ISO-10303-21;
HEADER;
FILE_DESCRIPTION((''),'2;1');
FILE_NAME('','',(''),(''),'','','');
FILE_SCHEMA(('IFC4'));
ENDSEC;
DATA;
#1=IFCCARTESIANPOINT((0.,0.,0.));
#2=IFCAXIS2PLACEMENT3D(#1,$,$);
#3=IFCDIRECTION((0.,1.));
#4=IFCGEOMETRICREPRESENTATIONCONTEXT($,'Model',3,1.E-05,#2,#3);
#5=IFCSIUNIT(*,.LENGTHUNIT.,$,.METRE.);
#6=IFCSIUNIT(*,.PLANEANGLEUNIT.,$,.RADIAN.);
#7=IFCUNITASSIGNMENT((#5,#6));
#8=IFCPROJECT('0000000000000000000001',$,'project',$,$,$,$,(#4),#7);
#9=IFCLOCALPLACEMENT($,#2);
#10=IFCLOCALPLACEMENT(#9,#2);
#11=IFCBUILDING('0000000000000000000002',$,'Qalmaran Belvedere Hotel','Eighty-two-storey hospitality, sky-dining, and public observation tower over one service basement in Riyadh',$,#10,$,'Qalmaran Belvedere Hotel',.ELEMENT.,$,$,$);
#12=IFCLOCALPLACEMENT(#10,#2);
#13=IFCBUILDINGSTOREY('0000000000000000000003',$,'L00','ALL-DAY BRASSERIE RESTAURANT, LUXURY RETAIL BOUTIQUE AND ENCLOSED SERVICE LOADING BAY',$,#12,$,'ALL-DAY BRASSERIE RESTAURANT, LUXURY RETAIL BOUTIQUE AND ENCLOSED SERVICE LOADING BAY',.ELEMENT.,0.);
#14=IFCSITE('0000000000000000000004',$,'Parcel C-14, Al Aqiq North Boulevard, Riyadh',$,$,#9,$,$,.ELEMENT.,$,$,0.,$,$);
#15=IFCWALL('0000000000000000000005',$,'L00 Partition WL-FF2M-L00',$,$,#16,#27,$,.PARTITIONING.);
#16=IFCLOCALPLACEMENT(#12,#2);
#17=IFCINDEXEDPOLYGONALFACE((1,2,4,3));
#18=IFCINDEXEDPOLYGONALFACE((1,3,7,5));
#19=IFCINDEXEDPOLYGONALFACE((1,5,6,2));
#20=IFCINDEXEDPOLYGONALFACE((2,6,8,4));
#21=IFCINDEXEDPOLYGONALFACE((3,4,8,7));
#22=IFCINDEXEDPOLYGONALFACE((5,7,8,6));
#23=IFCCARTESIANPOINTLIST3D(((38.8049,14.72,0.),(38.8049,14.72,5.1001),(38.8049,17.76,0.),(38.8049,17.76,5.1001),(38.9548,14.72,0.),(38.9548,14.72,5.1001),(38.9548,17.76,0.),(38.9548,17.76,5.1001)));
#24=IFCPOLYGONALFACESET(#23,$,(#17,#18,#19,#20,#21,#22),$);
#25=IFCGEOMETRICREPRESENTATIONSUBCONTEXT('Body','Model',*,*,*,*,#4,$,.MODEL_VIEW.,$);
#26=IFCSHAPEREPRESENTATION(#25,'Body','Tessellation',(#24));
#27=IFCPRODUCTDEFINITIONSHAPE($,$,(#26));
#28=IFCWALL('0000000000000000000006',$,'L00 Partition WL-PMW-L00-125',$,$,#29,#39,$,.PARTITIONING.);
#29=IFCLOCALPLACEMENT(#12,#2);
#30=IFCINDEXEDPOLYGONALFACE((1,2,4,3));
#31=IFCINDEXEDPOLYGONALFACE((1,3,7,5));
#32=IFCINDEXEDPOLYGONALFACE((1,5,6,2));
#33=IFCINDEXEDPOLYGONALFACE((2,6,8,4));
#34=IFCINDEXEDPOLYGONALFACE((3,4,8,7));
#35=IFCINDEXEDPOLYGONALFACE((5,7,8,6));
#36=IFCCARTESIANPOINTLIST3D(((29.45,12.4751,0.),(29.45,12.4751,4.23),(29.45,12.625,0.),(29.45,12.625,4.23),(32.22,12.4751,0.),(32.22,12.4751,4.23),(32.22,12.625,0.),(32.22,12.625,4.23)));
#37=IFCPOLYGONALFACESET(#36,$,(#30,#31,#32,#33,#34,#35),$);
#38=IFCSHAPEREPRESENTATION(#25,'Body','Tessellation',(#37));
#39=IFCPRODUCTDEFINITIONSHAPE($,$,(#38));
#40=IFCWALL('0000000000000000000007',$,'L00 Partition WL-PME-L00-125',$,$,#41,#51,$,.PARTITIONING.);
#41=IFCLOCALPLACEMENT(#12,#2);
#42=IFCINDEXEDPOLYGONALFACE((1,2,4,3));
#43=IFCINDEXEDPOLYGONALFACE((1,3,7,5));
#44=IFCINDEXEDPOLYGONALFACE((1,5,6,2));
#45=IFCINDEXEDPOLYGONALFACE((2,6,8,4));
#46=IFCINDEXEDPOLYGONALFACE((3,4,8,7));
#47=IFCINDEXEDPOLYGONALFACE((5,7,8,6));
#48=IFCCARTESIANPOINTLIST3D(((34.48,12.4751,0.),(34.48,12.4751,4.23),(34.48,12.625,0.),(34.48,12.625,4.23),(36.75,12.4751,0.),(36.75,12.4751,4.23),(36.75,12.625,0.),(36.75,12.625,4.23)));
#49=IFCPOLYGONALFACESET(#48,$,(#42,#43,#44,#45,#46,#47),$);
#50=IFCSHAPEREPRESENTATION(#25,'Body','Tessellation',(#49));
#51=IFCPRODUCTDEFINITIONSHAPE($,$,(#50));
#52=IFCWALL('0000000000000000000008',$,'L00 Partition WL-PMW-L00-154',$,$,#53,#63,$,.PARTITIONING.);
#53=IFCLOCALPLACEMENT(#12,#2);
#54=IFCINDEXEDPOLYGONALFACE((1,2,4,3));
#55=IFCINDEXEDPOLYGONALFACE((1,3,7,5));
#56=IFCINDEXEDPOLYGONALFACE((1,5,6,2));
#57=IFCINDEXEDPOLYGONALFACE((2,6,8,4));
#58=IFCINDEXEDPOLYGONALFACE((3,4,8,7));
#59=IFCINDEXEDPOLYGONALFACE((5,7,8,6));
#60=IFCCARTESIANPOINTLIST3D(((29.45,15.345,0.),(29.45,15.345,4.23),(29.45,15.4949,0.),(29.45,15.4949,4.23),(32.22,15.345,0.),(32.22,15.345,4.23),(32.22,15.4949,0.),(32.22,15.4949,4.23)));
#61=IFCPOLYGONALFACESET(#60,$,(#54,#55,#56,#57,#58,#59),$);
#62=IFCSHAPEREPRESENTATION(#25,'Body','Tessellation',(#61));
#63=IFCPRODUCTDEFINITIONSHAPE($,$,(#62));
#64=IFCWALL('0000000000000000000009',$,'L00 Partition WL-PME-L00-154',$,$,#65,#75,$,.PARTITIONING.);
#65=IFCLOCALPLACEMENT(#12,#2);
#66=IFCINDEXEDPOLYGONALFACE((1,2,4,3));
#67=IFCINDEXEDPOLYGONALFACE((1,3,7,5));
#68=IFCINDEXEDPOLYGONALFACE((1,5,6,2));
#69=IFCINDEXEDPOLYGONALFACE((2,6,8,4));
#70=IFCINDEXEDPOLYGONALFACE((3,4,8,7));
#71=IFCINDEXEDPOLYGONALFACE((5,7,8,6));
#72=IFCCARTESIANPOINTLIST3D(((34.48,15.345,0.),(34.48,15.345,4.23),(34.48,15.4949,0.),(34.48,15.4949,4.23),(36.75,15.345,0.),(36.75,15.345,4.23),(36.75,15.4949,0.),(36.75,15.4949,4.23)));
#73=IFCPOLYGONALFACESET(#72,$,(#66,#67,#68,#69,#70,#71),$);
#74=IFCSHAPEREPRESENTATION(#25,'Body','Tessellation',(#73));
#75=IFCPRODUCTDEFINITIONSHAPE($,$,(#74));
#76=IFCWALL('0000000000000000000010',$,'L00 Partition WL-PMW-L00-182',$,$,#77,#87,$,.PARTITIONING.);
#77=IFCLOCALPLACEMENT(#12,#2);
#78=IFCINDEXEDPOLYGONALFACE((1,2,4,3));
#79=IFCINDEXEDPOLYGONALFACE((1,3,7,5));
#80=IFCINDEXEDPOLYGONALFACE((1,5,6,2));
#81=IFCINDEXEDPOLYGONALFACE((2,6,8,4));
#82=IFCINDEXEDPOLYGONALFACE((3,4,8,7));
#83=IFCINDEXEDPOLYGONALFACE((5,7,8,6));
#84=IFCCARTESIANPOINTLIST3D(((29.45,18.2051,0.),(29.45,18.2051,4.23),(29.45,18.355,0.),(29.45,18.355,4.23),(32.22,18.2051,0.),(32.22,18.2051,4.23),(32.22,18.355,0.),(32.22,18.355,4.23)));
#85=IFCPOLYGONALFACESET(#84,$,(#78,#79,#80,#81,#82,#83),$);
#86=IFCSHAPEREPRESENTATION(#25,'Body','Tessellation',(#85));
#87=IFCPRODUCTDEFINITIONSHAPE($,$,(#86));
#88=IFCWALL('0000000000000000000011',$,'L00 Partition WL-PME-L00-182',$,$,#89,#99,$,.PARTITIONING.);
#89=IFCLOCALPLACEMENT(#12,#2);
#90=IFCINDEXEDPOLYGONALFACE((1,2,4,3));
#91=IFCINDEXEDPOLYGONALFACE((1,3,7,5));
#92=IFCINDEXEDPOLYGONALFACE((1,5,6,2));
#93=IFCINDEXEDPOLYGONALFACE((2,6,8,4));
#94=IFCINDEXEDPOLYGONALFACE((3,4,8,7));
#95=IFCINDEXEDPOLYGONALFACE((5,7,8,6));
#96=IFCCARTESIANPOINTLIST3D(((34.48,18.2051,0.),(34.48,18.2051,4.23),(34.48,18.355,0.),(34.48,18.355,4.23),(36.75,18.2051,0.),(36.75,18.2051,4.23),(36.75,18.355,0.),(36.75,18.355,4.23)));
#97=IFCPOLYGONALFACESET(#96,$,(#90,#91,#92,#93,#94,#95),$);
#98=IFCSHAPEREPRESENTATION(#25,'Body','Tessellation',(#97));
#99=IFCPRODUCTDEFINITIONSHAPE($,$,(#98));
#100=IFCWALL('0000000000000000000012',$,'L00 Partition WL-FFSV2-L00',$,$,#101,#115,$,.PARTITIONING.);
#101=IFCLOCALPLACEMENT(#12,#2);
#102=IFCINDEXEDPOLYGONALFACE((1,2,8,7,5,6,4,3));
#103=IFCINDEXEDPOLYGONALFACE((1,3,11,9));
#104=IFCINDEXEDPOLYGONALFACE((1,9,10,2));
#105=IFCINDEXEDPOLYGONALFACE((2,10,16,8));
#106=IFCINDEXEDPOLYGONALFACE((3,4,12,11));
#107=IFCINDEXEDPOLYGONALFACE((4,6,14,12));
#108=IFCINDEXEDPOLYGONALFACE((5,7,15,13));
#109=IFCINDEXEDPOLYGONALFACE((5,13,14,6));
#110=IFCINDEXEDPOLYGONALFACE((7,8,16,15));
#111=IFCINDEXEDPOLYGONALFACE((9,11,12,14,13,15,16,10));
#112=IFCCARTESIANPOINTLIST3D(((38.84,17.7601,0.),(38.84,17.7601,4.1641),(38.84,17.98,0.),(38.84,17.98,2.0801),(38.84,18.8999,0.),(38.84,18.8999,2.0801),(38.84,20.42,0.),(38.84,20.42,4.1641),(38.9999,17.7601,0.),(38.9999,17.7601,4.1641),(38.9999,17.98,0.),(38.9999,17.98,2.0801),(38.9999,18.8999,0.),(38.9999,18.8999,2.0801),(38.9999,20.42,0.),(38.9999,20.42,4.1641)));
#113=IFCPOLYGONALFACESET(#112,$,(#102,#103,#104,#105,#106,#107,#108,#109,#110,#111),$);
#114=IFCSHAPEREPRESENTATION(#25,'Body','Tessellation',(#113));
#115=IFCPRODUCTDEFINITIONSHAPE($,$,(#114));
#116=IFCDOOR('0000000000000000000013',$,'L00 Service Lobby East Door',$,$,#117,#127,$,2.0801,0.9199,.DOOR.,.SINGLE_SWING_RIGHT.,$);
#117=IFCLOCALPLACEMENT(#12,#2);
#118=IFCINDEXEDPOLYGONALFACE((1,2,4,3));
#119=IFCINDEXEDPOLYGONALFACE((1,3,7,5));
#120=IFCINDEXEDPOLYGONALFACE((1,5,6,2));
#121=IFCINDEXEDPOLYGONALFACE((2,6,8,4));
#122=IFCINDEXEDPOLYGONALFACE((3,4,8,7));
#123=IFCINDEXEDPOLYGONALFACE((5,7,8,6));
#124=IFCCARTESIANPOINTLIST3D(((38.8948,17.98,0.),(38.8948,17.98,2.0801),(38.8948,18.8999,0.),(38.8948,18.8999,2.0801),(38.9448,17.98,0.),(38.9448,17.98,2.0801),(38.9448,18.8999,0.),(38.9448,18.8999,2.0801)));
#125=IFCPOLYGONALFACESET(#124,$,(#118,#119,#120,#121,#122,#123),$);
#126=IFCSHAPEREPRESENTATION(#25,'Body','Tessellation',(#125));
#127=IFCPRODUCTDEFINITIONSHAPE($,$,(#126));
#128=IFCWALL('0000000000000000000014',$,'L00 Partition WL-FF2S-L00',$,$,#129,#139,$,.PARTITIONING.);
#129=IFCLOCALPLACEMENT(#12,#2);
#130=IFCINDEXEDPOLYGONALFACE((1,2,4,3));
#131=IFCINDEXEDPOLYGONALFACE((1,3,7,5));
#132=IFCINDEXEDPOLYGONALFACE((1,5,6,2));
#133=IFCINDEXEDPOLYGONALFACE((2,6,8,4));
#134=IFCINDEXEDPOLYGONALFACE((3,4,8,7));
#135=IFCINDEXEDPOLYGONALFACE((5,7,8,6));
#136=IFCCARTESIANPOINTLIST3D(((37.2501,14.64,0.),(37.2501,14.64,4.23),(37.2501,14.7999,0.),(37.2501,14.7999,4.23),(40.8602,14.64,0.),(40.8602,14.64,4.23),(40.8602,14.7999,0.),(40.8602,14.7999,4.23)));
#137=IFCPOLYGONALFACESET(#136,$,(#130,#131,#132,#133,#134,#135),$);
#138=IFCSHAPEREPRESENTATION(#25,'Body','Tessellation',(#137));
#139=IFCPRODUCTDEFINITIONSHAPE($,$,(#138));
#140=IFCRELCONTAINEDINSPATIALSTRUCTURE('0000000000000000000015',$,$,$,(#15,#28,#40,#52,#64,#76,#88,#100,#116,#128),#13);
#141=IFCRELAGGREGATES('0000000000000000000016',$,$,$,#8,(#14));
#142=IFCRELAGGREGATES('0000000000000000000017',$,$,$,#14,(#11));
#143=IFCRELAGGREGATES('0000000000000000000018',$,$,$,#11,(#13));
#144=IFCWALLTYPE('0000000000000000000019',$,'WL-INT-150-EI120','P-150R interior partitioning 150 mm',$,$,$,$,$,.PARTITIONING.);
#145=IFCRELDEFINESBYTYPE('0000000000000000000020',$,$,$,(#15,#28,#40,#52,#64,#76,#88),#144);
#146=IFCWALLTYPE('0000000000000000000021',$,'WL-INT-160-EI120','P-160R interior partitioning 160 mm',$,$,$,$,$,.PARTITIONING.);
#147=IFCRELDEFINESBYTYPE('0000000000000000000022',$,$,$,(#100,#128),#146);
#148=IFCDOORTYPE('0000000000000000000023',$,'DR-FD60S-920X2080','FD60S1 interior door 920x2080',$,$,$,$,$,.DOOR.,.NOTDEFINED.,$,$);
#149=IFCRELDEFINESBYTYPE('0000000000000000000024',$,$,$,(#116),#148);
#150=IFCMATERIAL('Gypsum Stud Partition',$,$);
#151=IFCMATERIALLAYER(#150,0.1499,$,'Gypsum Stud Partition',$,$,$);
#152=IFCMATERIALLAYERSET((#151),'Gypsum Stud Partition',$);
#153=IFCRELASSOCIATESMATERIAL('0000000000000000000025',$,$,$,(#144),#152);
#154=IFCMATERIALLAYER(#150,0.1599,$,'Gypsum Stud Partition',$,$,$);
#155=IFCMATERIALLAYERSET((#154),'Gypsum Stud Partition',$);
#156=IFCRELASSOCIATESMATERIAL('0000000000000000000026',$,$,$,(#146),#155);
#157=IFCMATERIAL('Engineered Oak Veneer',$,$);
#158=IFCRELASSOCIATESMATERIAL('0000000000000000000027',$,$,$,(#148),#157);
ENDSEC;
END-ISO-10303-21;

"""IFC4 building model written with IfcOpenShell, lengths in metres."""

from ifc_helpers import new_model, si_unit, direction, frame, frame_2d, origin, place, context, subcontext, project, spatial, rectangle, extrude, material, layer, layer_set, type_object, element, fill, save


model = new_model("IFC4")

# Units and contexts
model_context = context("Model", 3, precision=1e-05, world=origin(), true_north=direction((0.0, 1.0)))
body_context = subcontext(model_context, "Body", "Model", "MODEL_VIEW")
ifc_project = project(units=[si_unit("LENGTHUNIT", "METRE"), si_unit("PLANEANGLEUNIT", "RADIAN")], contexts=[model_context])

# Site, building, storey
site_placement = place(None, origin())
site = spatial("IfcSite", under=ifc_project, at=site_placement, Name="Parcel C-14, Al Aqiq North Boulevard, Riyadh", CompositionType="ELEMENT", RefElevation=0.0)
building_placement = place(site_placement, origin())
building = spatial("IfcBuilding", under=site, at=building_placement, Name="Qalmaran Belvedere Hotel", Description="Eighty-two-storey hospitality, sky-dining, and public observation tower over one service basement in Riyadh", LongName="Qalmaran Belvedere Hotel", CompositionType="ELEMENT")
storey_placement = place(building_placement, origin())
storey = spatial("IfcBuildingStorey", under=building, at=storey_placement, Name="L00", Description="ALL-DAY BRASSERIE RESTAURANT, LUXURY RETAIL BOUTIQUE AND ENCLOSED SERVICE LOADING BAY", LongName="ALL-DAY BRASSERIE RESTAURANT, LUXURY RETAIL BOUTIQUE AND ENCLOSED SERVICE LOADING BAY", CompositionType="ELEMENT", Elevation=0.0)

# Walls
ifc_material_1 = material(Name="Gypsum Stud Partition")
ifc_layer_1 = layer(ifc_material_1, 0.1499, Name="Gypsum Stud Partition")
ifc_layer_set_1 = layer_set([ifc_layer_1], Name="Gypsum Stud Partition")
wall_type_1 = type_object("IfcWallType", Name="WL-INT-150-EI120", Description="P-150R interior partitioning 150 mm", PredefinedType="PARTITIONING", material=ifc_layer_set_1)
wall_1_placement = place(storey_placement, frame((38.8799, 14.72, 0.0), z_axis=(0.0, 0.0, 1.0), x_axis=(0.0, 1.0, 0.0)))
element("IfcWall", 1, at=wall_1_placement, inside=storey, type_object=wall_type_1, Name="L00 Partition WL-FF2M-L00", PredefinedType="PARTITIONING", context=body_context, shape_type="SweptSolid", body=[
    extrude(rectangle(XDim=3.04, YDim=0.1499, at=frame_2d((1.52, 0.0))), origin(), (0.0, 0.0, 1.0), 5.1001),
])
wall_2_placement = place(storey_placement, frame((29.45, 12.55, 0.0), z_axis=(0.0, 0.0, 1.0), x_axis=(1.0, 0.0, 0.0)))
element("IfcWall", 2, at=wall_2_placement, inside=storey, type_object=wall_type_1, Name="L00 Partition WL-PMW-L00-125", PredefinedType="PARTITIONING", context=body_context, shape_type="SweptSolid", body=[
    extrude(rectangle(XDim=2.77, YDim=0.1499, at=frame_2d((1.385, 0.0))), origin(), (0.0, 0.0, 1.0), 4.23),
])
wall_3_placement = place(storey_placement, frame((34.48, 12.55, 0.0), z_axis=(0.0, 0.0, 1.0), x_axis=(1.0, 0.0, 0.0)))
element("IfcWall", 3, at=wall_3_placement, inside=storey, type_object=wall_type_1, Name="L00 Partition WL-PME-L00-125", PredefinedType="PARTITIONING", context=body_context, shape_type="SweptSolid", body=[
    extrude(rectangle(XDim=2.27, YDim=0.1499, at=frame_2d((1.135, 0.0))), origin(), (0.0, 0.0, 1.0), 4.23),
])
wall_4_placement = place(storey_placement, frame((29.45, 15.4199, 0.0), z_axis=(0.0, 0.0, 1.0), x_axis=(1.0, 0.0, 0.0)))
element("IfcWall", 4, at=wall_4_placement, inside=storey, type_object=wall_type_1, Name="L00 Partition WL-PMW-L00-154", PredefinedType="PARTITIONING", context=body_context, shape_type="SweptSolid", body=[
    extrude(rectangle(XDim=2.77, YDim=0.1499, at=frame_2d((1.385, 0.0))), origin(), (0.0, 0.0, 1.0), 4.23),
])
wall_5_placement = place(storey_placement, frame((34.48, 15.4199, 0.0), z_axis=(0.0, 0.0, 1.0), x_axis=(1.0, 0.0, 0.0)))
element("IfcWall", 5, at=wall_5_placement, inside=storey, type_object=wall_type_1, Name="L00 Partition WL-PME-L00-154", PredefinedType="PARTITIONING", context=body_context, shape_type="SweptSolid", body=[
    extrude(rectangle(XDim=2.27, YDim=0.1499, at=frame_2d((1.135, 0.0))), origin(), (0.0, 0.0, 1.0), 4.23),
])
wall_6_placement = place(storey_placement, frame((29.45, 18.28, 0.0), z_axis=(0.0, 0.0, 1.0), x_axis=(1.0, 0.0, 0.0)))
element("IfcWall", 6, at=wall_6_placement, inside=storey, type_object=wall_type_1, Name="L00 Partition WL-PMW-L00-182", PredefinedType="PARTITIONING", context=body_context, shape_type="SweptSolid", body=[
    extrude(rectangle(XDim=2.77, YDim=0.1499, at=frame_2d((1.385, 0.0))), origin(), (0.0, 0.0, 1.0), 4.23),
])
wall_7_placement = place(storey_placement, frame((34.48, 18.28, 0.0), z_axis=(0.0, 0.0, 1.0), x_axis=(1.0, 0.0, 0.0)))
element("IfcWall", 7, at=wall_7_placement, inside=storey, type_object=wall_type_1, Name="L00 Partition WL-PME-L00-182", PredefinedType="PARTITIONING", context=body_context, shape_type="SweptSolid", body=[
    extrude(rectangle(XDim=2.27, YDim=0.1499, at=frame_2d((1.135, 0.0))), origin(), (0.0, 0.0, 1.0), 4.23),
])

# Wall, opening, door
ifc_layer_2 = layer(ifc_material_1, 0.1599, Name="Gypsum Stud Partition")
ifc_layer_set_2 = layer_set([ifc_layer_2], Name="Gypsum Stud Partition")
wall_type_2 = type_object("IfcWallType", Name="WL-INT-160-EI120", Description="P-160R interior partitioning 160 mm", PredefinedType="PARTITIONING", material=ifc_layer_set_2)
wall_8_placement = place(storey_placement, frame((38.9199, 17.76, 0.0), z_axis=(0.0, 0.0, 1.0), x_axis=(0.0, 1.0, 0.0)))
wall_8 = element("IfcWall", 8, at=wall_8_placement, inside=storey, type_object=wall_type_2, Name="L00 Partition WL-FFSV2-L00", PredefinedType="PARTITIONING", context=body_context, shape_type="SweptSolid", body=[
    extrude(rectangle(XDim=2.6599, YDim=0.1599, at=frame_2d((1.3301, 0.0))), origin(), (0.0, 0.0, 1.0), 4.1641),
])
opening_1_placement = place(wall_8_placement, frame((1.1399, 0.0, 0.0), z_axis=(0.0, 0.0, 1.0), x_axis=(-1.0, 0.0, 0.0)))
opening_1 = element("IfcOpeningElement", 9, at=opening_1_placement, cuts=wall_8, PredefinedType="OPENING", context=body_context, shape_type="SweptSolid", body=[
    extrude(rectangle(XDim=0.9199, YDim=2.0801, at=frame_2d((0.46, 1.04))), frame((0.0, 0.0898, 0.0), z_axis=(0.0, -1.0, 0.0), x_axis=(1.0, 0.0, 0.0)), (0.0, 0.0, 1.0), 0.1799),
])
ifc_material_2 = material(Name="Engineered Oak Veneer")
door_type_1 = type_object("IfcDoorType", Name="DR-FD60S-920X2080", Description="FD60S1 interior door 920x2080", OperationType="NOTDEFINED", PredefinedType="DOOR", material=ifc_material_2)
door_1_placement = place(opening_1_placement, origin())
door_1 = element("IfcDoor", 10, at=door_1_placement, inside=storey, type_object=door_type_1, Name="L00 Service Lobby East Door", OperationType="SINGLE_SWING_RIGHT", OverallHeight=2.0801, OverallWidth=0.9199, PredefinedType="DOOR", context=body_context, shape_type="SweptSolid", body=[
    extrude(rectangle(XDim=0.9199, YDim=2.0801, at=frame_2d((0.46, 1.04))), frame((0.0, 0.0249, 0.0), z_axis=(0.0, -1.0, 0.0), x_axis=(1.0, 0.0, 0.0)), (0.0, 0.0, 1.0), 0.05),
])
fill(opening_1, door_1)

# Wall
wall_9_placement = place(storey_placement, frame((37.25, 14.72, 0.0), z_axis=(0.0, 0.0, 1.0), x_axis=(1.0, 0.0, 0.0)))
element("IfcWall", 11, at=wall_9_placement, inside=storey, type_object=wall_type_2, Name="L00 Partition WL-FF2S-L00", PredefinedType="PARTITIONING", context=body_context, shape_type="SweptSolid", body=[
    extrude(rectangle(XDim=3.6101, YDim=0.1599, at=frame_2d((1.8052, 0.0))), origin(), (0.0, 0.0, 1.0), 4.23),
])

save(model, "model.ifc")
